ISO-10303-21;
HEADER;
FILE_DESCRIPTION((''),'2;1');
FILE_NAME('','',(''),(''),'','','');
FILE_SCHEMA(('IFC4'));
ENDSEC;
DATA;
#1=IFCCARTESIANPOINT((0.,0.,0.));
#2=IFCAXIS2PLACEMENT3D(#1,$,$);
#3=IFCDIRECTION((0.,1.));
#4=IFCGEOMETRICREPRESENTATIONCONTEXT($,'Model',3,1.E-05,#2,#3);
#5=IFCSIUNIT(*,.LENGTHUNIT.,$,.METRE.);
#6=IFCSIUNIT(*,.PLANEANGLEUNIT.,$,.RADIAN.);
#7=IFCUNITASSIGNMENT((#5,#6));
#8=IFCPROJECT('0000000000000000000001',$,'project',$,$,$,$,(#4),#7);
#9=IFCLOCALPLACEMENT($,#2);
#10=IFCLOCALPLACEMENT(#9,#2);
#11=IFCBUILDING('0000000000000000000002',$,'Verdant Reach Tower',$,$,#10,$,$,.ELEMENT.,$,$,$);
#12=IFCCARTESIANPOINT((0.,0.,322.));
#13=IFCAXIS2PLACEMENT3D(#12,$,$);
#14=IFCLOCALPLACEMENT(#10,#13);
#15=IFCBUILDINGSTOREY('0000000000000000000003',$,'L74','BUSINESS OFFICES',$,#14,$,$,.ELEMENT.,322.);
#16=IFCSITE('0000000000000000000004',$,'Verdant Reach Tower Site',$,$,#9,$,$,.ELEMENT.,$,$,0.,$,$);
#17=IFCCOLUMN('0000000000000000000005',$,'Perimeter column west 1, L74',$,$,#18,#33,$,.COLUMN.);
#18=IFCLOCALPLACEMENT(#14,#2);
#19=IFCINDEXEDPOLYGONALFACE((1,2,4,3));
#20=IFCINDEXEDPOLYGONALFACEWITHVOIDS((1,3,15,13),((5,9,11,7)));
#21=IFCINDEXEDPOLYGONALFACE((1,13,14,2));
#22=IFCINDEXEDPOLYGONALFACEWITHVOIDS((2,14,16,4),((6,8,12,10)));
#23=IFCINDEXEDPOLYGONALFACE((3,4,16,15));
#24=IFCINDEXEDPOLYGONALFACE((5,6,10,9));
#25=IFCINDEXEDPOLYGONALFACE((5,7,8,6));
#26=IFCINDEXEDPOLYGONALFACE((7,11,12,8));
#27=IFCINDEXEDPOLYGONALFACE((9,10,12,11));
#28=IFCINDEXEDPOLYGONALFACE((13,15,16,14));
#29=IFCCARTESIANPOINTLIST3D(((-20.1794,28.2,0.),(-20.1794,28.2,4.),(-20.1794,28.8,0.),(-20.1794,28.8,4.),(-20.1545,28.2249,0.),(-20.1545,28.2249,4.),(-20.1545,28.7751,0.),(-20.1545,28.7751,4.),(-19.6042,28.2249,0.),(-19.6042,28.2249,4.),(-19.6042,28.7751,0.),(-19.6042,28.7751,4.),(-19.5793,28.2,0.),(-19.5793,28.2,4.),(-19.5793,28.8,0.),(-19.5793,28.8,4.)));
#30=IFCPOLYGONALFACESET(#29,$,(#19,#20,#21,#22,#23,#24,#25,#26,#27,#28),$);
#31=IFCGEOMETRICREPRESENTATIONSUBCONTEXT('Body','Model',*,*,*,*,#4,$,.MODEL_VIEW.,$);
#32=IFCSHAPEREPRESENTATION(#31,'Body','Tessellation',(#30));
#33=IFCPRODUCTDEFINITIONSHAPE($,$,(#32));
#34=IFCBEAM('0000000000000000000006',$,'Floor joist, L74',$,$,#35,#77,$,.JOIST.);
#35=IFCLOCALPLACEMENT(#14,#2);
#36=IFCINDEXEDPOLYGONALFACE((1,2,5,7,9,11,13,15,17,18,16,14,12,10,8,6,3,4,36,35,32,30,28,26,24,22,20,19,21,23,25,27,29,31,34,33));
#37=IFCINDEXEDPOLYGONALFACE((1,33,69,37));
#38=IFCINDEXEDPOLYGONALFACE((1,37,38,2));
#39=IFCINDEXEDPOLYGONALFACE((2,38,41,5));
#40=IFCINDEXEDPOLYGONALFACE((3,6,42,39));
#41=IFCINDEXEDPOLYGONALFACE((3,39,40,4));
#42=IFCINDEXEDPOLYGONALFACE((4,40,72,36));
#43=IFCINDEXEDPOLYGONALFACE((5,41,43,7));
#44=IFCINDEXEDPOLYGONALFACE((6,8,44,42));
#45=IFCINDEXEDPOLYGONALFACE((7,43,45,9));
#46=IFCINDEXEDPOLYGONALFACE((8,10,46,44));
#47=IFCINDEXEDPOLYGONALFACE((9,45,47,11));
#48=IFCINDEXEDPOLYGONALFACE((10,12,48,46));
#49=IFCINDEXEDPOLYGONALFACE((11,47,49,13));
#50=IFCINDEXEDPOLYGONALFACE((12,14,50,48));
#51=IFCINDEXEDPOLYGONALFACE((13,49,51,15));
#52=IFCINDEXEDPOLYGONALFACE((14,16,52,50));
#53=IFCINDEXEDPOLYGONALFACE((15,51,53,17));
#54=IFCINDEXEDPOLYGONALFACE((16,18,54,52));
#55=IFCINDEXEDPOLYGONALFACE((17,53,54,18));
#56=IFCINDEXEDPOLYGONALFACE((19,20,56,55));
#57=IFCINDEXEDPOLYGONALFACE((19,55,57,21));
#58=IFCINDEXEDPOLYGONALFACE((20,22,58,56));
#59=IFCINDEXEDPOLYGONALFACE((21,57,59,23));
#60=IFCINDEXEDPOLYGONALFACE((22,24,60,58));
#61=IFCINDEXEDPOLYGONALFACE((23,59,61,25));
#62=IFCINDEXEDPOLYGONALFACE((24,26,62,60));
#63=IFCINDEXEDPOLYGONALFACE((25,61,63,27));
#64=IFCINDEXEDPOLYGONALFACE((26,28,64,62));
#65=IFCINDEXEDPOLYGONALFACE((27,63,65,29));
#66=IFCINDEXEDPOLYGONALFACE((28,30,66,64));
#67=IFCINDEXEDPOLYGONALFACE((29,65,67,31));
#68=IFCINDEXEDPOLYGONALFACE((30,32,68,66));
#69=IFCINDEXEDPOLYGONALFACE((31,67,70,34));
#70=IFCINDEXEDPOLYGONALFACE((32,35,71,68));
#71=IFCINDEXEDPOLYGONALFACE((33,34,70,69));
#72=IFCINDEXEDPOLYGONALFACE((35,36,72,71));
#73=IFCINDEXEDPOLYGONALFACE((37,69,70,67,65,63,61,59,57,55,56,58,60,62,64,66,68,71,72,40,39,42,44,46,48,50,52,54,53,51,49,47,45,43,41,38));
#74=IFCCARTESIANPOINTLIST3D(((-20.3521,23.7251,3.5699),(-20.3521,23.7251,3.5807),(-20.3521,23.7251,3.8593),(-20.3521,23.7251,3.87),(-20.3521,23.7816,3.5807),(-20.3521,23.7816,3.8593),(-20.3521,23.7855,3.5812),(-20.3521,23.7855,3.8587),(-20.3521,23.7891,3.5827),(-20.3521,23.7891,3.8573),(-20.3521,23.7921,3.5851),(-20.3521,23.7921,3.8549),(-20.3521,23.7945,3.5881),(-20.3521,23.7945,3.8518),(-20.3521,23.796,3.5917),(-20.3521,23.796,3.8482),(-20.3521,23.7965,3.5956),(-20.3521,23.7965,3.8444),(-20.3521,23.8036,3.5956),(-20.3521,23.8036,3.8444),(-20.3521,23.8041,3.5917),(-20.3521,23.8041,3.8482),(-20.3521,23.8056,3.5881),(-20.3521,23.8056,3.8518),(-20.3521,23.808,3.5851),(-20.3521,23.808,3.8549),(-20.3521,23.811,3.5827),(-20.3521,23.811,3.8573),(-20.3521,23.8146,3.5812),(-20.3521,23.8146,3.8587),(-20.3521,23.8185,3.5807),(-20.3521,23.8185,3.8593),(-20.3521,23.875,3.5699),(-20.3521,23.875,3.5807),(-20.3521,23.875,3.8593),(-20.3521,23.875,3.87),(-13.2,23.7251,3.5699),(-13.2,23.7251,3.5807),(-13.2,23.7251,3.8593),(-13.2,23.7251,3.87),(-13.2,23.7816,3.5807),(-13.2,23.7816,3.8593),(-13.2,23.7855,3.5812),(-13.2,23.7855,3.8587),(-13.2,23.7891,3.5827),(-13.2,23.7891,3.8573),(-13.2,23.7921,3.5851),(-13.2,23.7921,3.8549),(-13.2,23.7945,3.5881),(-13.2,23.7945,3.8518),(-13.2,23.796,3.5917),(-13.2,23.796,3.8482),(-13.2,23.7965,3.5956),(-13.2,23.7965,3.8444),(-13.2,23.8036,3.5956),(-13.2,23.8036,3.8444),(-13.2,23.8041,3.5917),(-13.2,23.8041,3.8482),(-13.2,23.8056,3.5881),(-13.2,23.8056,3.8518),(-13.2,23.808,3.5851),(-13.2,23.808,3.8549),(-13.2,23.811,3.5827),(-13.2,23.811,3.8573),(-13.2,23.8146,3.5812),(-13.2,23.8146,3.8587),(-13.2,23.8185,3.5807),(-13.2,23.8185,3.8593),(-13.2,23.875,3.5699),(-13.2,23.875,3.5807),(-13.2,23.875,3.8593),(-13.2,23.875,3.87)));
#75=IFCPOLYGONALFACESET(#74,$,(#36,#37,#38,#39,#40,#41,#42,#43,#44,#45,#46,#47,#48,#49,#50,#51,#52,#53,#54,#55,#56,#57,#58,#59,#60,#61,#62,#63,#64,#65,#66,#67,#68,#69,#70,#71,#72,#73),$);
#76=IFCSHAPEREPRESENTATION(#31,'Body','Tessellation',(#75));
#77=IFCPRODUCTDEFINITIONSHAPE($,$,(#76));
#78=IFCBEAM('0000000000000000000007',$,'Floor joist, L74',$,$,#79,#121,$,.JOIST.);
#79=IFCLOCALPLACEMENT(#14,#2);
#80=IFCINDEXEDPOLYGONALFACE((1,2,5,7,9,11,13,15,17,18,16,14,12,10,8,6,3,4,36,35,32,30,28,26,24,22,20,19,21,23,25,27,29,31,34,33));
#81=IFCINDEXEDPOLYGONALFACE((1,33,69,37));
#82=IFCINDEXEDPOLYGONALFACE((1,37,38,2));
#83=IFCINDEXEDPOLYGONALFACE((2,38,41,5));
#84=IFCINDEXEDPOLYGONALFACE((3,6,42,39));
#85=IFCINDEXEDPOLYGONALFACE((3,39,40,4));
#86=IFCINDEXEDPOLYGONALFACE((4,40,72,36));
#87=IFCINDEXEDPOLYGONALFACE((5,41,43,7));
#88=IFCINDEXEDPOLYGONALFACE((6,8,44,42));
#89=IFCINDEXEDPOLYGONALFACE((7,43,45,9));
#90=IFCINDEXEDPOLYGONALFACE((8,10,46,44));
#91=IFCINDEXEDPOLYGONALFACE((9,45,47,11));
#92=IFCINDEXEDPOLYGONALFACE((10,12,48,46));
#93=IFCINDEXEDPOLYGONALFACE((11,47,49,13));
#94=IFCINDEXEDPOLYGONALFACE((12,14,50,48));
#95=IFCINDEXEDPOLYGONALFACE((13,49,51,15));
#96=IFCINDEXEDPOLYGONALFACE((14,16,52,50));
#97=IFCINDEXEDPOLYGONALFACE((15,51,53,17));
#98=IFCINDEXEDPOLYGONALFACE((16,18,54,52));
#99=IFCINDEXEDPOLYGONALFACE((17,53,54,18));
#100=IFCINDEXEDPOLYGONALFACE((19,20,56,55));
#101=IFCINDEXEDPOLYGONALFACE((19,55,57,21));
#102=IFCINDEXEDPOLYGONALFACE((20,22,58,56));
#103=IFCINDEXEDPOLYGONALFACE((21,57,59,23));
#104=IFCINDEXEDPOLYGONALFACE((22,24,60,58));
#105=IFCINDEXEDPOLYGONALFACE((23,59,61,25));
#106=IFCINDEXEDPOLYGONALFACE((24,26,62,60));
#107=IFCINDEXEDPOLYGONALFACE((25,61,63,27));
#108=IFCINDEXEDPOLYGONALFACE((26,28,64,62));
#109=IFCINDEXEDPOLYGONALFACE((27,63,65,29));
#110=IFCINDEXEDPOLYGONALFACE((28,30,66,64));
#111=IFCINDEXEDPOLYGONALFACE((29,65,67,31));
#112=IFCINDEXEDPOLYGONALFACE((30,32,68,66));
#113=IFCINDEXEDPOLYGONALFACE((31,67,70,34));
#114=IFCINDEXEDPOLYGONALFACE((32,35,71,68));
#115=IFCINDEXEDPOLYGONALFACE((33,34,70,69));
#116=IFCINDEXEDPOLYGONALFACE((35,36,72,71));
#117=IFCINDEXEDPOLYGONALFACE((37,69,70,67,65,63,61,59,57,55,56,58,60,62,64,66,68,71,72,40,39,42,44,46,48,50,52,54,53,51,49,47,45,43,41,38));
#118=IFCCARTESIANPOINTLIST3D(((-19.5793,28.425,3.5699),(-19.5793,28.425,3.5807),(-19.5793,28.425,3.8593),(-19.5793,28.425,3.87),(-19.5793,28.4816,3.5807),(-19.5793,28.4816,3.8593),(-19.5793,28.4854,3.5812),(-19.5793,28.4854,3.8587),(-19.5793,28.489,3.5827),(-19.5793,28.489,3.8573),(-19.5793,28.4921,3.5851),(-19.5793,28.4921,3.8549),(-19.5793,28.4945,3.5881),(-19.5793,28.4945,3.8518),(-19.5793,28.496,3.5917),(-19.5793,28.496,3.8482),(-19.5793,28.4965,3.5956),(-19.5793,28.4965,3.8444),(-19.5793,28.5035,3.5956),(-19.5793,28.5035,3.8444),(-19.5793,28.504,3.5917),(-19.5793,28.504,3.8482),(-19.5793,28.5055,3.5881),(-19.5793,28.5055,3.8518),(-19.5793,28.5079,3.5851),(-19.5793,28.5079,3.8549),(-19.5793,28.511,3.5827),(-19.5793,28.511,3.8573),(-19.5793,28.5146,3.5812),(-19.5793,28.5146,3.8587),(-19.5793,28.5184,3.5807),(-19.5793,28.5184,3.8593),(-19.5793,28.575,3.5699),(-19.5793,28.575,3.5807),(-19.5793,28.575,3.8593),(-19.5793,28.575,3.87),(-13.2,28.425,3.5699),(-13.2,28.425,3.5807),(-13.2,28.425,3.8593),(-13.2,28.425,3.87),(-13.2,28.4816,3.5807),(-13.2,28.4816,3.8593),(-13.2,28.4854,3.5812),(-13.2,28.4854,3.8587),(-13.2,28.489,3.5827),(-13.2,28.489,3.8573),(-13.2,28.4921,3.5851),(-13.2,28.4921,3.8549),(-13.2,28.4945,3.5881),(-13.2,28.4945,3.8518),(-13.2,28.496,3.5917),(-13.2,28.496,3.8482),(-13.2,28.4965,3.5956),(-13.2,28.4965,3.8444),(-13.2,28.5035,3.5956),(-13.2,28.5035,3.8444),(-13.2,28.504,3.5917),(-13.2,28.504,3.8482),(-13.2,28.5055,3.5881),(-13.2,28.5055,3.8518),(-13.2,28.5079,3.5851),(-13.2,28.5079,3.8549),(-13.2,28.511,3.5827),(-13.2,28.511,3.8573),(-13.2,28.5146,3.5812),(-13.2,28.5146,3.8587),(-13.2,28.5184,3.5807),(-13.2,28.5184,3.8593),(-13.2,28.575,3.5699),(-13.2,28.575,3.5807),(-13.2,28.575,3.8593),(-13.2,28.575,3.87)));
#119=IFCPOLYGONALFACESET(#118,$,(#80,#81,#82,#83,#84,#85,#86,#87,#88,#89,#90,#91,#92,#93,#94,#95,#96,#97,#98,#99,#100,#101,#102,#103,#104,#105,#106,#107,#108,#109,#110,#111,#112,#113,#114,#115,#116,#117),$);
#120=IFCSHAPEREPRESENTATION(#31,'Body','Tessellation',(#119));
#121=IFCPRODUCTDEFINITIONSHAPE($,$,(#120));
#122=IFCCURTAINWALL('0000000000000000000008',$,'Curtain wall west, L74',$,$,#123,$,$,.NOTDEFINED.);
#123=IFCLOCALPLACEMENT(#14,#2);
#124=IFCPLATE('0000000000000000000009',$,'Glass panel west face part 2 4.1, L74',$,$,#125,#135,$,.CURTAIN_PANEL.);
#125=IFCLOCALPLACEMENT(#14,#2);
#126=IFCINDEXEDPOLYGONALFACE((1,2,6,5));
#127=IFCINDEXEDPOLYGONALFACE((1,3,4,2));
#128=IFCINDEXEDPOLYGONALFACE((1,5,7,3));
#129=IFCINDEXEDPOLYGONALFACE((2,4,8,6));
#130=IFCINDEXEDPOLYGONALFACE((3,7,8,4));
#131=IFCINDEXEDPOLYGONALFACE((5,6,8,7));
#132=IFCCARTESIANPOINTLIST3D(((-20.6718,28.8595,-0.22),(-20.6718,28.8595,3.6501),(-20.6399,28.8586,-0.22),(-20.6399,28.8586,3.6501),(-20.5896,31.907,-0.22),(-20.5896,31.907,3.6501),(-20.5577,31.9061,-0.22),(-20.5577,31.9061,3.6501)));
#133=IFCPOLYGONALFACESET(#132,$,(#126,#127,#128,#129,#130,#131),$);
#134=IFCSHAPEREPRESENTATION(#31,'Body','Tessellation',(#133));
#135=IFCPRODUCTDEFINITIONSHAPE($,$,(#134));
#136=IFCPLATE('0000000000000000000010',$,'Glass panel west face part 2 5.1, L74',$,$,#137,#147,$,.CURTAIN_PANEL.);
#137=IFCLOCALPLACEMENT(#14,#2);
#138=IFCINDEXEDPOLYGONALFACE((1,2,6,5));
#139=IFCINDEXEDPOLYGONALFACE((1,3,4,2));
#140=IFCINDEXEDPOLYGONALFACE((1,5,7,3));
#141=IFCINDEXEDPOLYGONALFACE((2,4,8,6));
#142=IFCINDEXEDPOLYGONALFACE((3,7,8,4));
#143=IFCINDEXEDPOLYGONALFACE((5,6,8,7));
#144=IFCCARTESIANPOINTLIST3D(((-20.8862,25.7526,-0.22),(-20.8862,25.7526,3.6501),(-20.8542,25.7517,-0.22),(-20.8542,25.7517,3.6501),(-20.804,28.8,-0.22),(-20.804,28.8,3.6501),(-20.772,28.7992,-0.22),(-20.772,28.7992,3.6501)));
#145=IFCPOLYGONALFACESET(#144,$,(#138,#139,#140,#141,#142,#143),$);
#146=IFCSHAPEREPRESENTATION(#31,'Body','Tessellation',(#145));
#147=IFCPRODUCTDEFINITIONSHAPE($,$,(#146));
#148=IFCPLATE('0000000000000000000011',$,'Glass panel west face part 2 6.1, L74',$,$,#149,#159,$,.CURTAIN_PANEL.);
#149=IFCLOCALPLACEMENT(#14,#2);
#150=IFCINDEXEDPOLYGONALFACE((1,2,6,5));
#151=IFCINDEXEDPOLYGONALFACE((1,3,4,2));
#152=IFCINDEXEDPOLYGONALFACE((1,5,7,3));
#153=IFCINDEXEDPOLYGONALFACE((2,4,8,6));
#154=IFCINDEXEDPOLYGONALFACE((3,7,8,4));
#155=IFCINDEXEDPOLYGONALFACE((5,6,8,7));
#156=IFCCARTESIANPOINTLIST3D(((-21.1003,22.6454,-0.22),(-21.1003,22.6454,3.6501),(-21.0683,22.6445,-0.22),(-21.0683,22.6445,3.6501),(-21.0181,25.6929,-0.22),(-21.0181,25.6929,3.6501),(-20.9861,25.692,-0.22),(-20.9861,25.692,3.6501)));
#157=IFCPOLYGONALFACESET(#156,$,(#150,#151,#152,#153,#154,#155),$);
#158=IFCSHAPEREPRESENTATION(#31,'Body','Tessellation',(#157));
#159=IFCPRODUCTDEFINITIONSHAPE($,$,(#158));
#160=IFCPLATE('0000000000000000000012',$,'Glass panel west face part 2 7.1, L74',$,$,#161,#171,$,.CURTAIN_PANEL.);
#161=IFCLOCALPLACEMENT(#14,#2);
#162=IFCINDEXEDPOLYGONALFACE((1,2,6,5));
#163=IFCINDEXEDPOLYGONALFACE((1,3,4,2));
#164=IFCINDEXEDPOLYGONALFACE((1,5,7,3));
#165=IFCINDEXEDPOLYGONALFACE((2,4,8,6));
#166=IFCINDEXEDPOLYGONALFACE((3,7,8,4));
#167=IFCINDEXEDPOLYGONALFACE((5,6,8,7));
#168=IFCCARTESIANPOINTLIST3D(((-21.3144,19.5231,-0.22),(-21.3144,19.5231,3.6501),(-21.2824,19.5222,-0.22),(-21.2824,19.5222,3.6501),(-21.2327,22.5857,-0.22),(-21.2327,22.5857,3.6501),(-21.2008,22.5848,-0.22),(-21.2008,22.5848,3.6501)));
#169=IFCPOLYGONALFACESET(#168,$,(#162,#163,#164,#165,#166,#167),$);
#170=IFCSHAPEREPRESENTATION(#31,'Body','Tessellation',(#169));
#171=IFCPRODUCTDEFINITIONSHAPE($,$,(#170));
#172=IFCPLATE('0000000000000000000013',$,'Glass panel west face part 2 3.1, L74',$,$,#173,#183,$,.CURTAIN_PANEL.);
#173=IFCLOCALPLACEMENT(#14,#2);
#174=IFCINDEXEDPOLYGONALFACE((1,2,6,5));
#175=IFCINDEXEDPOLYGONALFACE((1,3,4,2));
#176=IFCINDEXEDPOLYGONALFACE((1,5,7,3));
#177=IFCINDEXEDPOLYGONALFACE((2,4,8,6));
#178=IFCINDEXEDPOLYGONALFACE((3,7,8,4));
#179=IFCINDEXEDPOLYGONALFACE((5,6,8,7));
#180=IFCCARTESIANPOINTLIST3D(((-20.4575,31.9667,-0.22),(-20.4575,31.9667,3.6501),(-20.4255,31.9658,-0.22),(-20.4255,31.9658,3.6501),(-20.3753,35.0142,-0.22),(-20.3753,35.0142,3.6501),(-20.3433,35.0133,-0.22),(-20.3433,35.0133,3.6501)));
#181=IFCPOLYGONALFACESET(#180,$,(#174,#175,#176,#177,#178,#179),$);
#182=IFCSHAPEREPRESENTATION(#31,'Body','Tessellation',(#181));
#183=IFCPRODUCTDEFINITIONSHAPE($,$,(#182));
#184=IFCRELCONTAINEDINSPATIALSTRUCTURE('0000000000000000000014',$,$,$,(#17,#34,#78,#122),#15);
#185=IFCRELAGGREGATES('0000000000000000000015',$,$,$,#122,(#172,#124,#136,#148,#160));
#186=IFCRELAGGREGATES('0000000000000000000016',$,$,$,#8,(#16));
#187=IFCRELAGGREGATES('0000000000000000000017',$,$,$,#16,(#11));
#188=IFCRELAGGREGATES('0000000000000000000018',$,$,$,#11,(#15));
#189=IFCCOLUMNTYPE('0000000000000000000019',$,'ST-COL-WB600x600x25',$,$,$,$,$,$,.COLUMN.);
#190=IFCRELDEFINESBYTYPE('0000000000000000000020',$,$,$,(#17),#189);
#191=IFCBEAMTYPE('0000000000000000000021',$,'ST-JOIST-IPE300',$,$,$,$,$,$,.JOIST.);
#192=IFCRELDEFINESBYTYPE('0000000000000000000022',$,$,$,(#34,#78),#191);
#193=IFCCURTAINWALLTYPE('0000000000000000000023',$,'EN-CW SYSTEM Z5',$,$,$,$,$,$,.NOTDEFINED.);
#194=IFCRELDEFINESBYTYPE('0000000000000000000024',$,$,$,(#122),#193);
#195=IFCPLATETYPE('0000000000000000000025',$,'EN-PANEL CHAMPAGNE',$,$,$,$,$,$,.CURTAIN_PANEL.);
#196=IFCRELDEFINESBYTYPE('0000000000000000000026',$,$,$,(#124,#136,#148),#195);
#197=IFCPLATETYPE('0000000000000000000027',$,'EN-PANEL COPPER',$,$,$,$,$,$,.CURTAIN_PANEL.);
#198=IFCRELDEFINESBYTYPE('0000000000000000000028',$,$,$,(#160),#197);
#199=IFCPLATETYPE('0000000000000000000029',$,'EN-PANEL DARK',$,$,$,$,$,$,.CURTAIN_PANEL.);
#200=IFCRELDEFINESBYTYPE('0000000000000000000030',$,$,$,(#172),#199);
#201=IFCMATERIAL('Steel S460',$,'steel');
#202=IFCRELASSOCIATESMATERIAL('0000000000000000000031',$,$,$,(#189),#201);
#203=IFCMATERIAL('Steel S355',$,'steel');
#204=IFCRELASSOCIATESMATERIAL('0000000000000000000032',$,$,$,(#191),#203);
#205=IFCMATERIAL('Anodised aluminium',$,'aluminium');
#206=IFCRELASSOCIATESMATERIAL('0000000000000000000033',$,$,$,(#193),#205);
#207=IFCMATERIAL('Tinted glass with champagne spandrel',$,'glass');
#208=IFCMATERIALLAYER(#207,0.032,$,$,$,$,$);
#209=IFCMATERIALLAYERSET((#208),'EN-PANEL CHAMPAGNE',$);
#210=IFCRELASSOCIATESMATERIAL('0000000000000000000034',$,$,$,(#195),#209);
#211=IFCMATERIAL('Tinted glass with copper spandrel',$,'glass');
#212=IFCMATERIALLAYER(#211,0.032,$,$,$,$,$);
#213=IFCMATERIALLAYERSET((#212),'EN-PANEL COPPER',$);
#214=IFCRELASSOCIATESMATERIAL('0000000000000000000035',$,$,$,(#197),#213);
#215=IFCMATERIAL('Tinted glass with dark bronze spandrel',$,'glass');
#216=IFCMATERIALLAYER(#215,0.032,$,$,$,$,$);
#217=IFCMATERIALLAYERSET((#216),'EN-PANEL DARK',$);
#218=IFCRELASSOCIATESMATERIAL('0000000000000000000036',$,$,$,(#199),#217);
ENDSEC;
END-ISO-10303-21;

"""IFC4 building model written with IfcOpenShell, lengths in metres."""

from ifc_helpers import new_model, si_unit, direction, frame, origin, origin_2d, place, context, subcontext, project, spatial, rectangle, hollow_rectangle, i_section, extrude, material, layer, layer_set, material_profile, profile_set, type_object, element, aggregate, save


model = new_model("IFC4")

# Units and contexts
model_context = context("Model", 3, precision=1e-05, world=origin(), true_north=direction((0.0, 1.0)))
body_context = subcontext(model_context, "Body", "Model", "MODEL_VIEW")
ifc_project = project(units=[si_unit("LENGTHUNIT", "METRE"), si_unit("PLANEANGLEUNIT", "RADIAN")], contexts=[model_context])

# Site, building, storey
site_placement = place(None, origin())
site = spatial("IfcSite", under=ifc_project, at=site_placement, Name="Verdant Reach Tower Site", CompositionType="ELEMENT", RefElevation=0.0)
building_placement = place(site_placement, origin())
building = spatial("IfcBuilding", under=site, at=building_placement, Name="Verdant Reach Tower", CompositionType="ELEMENT")
storey_placement = place(building_placement, frame((0.0, 0.0, 322.0)))
storey = spatial("IfcBuildingStorey", under=building, at=storey_placement, Name="L74", Description="BUSINESS OFFICES", CompositionType="ELEMENT", Elevation=322.0)

# Column
ifc_material_1 = material(Name="Steel S460", Category="steel")
ifc_material_profile_1 = material_profile(ifc_material_1, hollow_rectangle(XDim=0.6001, YDim=0.6001, WallThickness=0.0249, at=origin_2d()), Name="WB 600x600x25")
ifc_profile_set_1 = profile_set([ifc_material_profile_1], Name="Steel S460")
column_type = type_object("IfcColumnType", Name="ST-COL-WB600x600x25", PredefinedType="COLUMN", material=ifc_profile_set_1)
column_placement = place(storey_placement, frame((-19.8794, 28.5, 0.0), z_axis=(0.0, 0.0, 1.0), x_axis=(1.0, 0.0, 0.0)))
element("IfcColumn", 1, at=column_placement, inside=storey, type_object=column_type, Name="Perimeter column west 1, L74", PredefinedType="COLUMN", context=body_context, shape_type="SweptSolid", body=[
    extrude(hollow_rectangle(XDim=0.6001, YDim=0.6001, WallThickness=0.0249, at=origin_2d()), origin(), (0.0, 0.0, 1.0), 4.0),
])

# Beams
ifc_material_2 = material(Name="Steel S355", Category="steel")
ifc_material_profile_2 = material_profile(ifc_material_2, i_section(OverallWidth=0.1499, OverallDepth=0.3, WebThickness=0.0071, FlangeThickness=0.0107, FilletRadius=0.0149, at=origin_2d()), Name="IPE 300")
ifc_profile_set_2 = profile_set([ifc_material_profile_2], Name="Steel S355")
beam_type = type_object("IfcBeamType", Name="ST-JOIST-IPE300", PredefinedType="JOIST", material=ifc_profile_set_2)
beam_1_placement = place(storey_placement, frame((-13.2, 23.8, 3.72), z_axis=(-1.0, 0.0, 0.0), x_axis=(0.0, -1.0, 0.0)))
element("IfcBeam", 2, at=beam_1_placement, inside=storey, type_object=beam_type, Name="Floor joist, L74", PredefinedType="JOIST", context=body_context, shape_type="SweptSolid", body=[
    extrude(i_section(OverallWidth=0.1499, OverallDepth=0.3, WebThickness=0.0071, FlangeThickness=0.0107, FilletRadius=0.0149, at=origin_2d()), origin(), (0.0, 0.0, 1.0), 7.1521),
])
beam_2_placement = place(storey_placement, frame((-13.2, 28.5, 3.72), z_axis=(-1.0, 0.0, 0.0), x_axis=(0.0, -1.0, 0.0)))
element("IfcBeam", 3, at=beam_2_placement, inside=storey, type_object=beam_type, Name="Floor joist, L74", PredefinedType="JOIST", context=body_context, shape_type="SweptSolid", body=[
    extrude(i_section(OverallWidth=0.1499, OverallDepth=0.3, WebThickness=0.0071, FlangeThickness=0.0107, FilletRadius=0.0149, at=origin_2d()), origin(), (0.0, 0.0, 1.0), 6.3794),
])

# Curtain wall, plates
ifc_material_3 = material(Name="Anodised aluminium", Category="aluminium")
curtain_wall_type = type_object("IfcCurtainWallType", Name="EN-CW SYSTEM Z5", PredefinedType="NOTDEFINED", material=ifc_material_3)
curtain_wall_placement = place(storey_placement, origin())
curtain_wall = element("IfcCurtainWall", 4, at=curtain_wall_placement, inside=storey, type_object=curtain_wall_type, Name="Curtain wall west, L74", PredefinedType="NOTDEFINED")
ifc_material_4 = material(Name="Tinted glass with champagne spandrel", Category="glass")
ifc_layer_1 = layer(ifc_material_4, 0.032)
ifc_layer_set_1 = layer_set([ifc_layer_1], Name="EN-PANEL CHAMPAGNE")
plate_type_1 = type_object("IfcPlateType", Name="EN-PANEL CHAMPAGNE", PredefinedType="CURTAIN_PANEL", material=ifc_layer_set_1)
plate_1_placement = place(storey_placement, frame((-20.6147, 30.3828, -0.22), z_axis=(0.0, 0.0, 1.0), x_axis=(-0.026965, -0.999636, 0.0)))
plate_1 = element("IfcPlate", 5, at=plate_1_placement, type_object=plate_type_1, Name="Glass panel west face part 2 4.1, L74", PredefinedType="CURTAIN_PANEL", context=body_context, shape_type="SweptSolid", body=[
    extrude(rectangle(XDim=3.0486, YDim=0.032, at=origin_2d()), origin(), (0.0, 0.0, 1.0), 3.8701),
])
plate_2_placement = place(storey_placement, frame((-20.8291, 27.2759, -0.22), z_axis=(0.0, 0.0, 1.0), x_axis=(-0.026965, -0.999636, 0.0)))
plate_2 = element("IfcPlate", 6, at=plate_2_placement, type_object=plate_type_1, Name="Glass panel west face part 2 5.1, L74", PredefinedType="CURTAIN_PANEL", context=body_context, shape_type="SweptSolid", body=[
    extrude(rectangle(XDim=3.0486, YDim=0.032, at=origin_2d()), origin(), (0.0, 0.0, 1.0), 3.8701),
])
plate_3_placement = place(storey_placement, frame((-21.0432, 24.1687, -0.22), z_axis=(0.0, 0.0, 1.0), x_axis=(-0.026965, -0.999636, 0.0)))
plate_3 = element("IfcPlate", 7, at=plate_3_placement, type_object=plate_type_1, Name="Glass panel west face part 2 6.1, L74", PredefinedType="CURTAIN_PANEL", context=body_context, shape_type="SweptSolid", body=[
    extrude(rectangle(XDim=3.0486, YDim=0.032, at=origin_2d()), origin(), (0.0, 0.0, 1.0), 3.8701),
])
ifc_material_5 = material(Name="Tinted glass with copper spandrel", Category="glass")
ifc_layer_2 = layer(ifc_material_5, 0.032)
ifc_layer_set_2 = layer_set([ifc_layer_2], Name="EN-PANEL COPPER")
plate_type_2 = type_object("IfcPlateType", Name="EN-PANEL COPPER", PredefinedType="CURTAIN_PANEL", material=ifc_layer_set_2)
plate_4_placement = place(storey_placement, frame((-21.2576, 21.054, -0.22), z_axis=(0.0, 0.0, 1.0), x_axis=(-0.026643, -0.999645, 0.0)))
plate_4 = element("IfcPlate", 8, at=plate_4_placement, type_object=plate_type_2, Name="Glass panel west face part 2 7.1, L74", PredefinedType="CURTAIN_PANEL", context=body_context, shape_type="SweptSolid", body=[
    extrude(rectangle(XDim=3.0637, YDim=0.032, at=origin_2d()), origin(), (0.0, 0.0, 1.0), 3.8701),
])
ifc_material_6 = material(Name="Tinted glass with dark bronze spandrel", Category="glass")
ifc_layer_3 = layer(ifc_material_6, 0.032)
ifc_layer_set_3 = layer_set([ifc_layer_3], Name="EN-PANEL DARK")
plate_type_3 = type_object("IfcPlateType", Name="EN-PANEL DARK", PredefinedType="CURTAIN_PANEL", material=ifc_layer_set_3)
plate_5_placement = place(storey_placement, frame((-20.4004, 33.49, -0.22), z_axis=(0.0, 0.0, 1.0), x_axis=(-0.026965, -0.999636, 0.0)))
plate_5 = element("IfcPlate", 9, at=plate_5_placement, type_object=plate_type_3, Name="Glass panel west face part 2 3.1, L74", PredefinedType="CURTAIN_PANEL", context=body_context, shape_type="SweptSolid", body=[
    extrude(rectangle(XDim=3.0486, YDim=0.032, at=origin_2d()), origin(), (0.0, 0.0, 1.0), 3.8701),
])
aggregate(curtain_wall, [plate_5, plate_1, plate_2, plate_3, plate_4])

save(model, "model.ifc")
